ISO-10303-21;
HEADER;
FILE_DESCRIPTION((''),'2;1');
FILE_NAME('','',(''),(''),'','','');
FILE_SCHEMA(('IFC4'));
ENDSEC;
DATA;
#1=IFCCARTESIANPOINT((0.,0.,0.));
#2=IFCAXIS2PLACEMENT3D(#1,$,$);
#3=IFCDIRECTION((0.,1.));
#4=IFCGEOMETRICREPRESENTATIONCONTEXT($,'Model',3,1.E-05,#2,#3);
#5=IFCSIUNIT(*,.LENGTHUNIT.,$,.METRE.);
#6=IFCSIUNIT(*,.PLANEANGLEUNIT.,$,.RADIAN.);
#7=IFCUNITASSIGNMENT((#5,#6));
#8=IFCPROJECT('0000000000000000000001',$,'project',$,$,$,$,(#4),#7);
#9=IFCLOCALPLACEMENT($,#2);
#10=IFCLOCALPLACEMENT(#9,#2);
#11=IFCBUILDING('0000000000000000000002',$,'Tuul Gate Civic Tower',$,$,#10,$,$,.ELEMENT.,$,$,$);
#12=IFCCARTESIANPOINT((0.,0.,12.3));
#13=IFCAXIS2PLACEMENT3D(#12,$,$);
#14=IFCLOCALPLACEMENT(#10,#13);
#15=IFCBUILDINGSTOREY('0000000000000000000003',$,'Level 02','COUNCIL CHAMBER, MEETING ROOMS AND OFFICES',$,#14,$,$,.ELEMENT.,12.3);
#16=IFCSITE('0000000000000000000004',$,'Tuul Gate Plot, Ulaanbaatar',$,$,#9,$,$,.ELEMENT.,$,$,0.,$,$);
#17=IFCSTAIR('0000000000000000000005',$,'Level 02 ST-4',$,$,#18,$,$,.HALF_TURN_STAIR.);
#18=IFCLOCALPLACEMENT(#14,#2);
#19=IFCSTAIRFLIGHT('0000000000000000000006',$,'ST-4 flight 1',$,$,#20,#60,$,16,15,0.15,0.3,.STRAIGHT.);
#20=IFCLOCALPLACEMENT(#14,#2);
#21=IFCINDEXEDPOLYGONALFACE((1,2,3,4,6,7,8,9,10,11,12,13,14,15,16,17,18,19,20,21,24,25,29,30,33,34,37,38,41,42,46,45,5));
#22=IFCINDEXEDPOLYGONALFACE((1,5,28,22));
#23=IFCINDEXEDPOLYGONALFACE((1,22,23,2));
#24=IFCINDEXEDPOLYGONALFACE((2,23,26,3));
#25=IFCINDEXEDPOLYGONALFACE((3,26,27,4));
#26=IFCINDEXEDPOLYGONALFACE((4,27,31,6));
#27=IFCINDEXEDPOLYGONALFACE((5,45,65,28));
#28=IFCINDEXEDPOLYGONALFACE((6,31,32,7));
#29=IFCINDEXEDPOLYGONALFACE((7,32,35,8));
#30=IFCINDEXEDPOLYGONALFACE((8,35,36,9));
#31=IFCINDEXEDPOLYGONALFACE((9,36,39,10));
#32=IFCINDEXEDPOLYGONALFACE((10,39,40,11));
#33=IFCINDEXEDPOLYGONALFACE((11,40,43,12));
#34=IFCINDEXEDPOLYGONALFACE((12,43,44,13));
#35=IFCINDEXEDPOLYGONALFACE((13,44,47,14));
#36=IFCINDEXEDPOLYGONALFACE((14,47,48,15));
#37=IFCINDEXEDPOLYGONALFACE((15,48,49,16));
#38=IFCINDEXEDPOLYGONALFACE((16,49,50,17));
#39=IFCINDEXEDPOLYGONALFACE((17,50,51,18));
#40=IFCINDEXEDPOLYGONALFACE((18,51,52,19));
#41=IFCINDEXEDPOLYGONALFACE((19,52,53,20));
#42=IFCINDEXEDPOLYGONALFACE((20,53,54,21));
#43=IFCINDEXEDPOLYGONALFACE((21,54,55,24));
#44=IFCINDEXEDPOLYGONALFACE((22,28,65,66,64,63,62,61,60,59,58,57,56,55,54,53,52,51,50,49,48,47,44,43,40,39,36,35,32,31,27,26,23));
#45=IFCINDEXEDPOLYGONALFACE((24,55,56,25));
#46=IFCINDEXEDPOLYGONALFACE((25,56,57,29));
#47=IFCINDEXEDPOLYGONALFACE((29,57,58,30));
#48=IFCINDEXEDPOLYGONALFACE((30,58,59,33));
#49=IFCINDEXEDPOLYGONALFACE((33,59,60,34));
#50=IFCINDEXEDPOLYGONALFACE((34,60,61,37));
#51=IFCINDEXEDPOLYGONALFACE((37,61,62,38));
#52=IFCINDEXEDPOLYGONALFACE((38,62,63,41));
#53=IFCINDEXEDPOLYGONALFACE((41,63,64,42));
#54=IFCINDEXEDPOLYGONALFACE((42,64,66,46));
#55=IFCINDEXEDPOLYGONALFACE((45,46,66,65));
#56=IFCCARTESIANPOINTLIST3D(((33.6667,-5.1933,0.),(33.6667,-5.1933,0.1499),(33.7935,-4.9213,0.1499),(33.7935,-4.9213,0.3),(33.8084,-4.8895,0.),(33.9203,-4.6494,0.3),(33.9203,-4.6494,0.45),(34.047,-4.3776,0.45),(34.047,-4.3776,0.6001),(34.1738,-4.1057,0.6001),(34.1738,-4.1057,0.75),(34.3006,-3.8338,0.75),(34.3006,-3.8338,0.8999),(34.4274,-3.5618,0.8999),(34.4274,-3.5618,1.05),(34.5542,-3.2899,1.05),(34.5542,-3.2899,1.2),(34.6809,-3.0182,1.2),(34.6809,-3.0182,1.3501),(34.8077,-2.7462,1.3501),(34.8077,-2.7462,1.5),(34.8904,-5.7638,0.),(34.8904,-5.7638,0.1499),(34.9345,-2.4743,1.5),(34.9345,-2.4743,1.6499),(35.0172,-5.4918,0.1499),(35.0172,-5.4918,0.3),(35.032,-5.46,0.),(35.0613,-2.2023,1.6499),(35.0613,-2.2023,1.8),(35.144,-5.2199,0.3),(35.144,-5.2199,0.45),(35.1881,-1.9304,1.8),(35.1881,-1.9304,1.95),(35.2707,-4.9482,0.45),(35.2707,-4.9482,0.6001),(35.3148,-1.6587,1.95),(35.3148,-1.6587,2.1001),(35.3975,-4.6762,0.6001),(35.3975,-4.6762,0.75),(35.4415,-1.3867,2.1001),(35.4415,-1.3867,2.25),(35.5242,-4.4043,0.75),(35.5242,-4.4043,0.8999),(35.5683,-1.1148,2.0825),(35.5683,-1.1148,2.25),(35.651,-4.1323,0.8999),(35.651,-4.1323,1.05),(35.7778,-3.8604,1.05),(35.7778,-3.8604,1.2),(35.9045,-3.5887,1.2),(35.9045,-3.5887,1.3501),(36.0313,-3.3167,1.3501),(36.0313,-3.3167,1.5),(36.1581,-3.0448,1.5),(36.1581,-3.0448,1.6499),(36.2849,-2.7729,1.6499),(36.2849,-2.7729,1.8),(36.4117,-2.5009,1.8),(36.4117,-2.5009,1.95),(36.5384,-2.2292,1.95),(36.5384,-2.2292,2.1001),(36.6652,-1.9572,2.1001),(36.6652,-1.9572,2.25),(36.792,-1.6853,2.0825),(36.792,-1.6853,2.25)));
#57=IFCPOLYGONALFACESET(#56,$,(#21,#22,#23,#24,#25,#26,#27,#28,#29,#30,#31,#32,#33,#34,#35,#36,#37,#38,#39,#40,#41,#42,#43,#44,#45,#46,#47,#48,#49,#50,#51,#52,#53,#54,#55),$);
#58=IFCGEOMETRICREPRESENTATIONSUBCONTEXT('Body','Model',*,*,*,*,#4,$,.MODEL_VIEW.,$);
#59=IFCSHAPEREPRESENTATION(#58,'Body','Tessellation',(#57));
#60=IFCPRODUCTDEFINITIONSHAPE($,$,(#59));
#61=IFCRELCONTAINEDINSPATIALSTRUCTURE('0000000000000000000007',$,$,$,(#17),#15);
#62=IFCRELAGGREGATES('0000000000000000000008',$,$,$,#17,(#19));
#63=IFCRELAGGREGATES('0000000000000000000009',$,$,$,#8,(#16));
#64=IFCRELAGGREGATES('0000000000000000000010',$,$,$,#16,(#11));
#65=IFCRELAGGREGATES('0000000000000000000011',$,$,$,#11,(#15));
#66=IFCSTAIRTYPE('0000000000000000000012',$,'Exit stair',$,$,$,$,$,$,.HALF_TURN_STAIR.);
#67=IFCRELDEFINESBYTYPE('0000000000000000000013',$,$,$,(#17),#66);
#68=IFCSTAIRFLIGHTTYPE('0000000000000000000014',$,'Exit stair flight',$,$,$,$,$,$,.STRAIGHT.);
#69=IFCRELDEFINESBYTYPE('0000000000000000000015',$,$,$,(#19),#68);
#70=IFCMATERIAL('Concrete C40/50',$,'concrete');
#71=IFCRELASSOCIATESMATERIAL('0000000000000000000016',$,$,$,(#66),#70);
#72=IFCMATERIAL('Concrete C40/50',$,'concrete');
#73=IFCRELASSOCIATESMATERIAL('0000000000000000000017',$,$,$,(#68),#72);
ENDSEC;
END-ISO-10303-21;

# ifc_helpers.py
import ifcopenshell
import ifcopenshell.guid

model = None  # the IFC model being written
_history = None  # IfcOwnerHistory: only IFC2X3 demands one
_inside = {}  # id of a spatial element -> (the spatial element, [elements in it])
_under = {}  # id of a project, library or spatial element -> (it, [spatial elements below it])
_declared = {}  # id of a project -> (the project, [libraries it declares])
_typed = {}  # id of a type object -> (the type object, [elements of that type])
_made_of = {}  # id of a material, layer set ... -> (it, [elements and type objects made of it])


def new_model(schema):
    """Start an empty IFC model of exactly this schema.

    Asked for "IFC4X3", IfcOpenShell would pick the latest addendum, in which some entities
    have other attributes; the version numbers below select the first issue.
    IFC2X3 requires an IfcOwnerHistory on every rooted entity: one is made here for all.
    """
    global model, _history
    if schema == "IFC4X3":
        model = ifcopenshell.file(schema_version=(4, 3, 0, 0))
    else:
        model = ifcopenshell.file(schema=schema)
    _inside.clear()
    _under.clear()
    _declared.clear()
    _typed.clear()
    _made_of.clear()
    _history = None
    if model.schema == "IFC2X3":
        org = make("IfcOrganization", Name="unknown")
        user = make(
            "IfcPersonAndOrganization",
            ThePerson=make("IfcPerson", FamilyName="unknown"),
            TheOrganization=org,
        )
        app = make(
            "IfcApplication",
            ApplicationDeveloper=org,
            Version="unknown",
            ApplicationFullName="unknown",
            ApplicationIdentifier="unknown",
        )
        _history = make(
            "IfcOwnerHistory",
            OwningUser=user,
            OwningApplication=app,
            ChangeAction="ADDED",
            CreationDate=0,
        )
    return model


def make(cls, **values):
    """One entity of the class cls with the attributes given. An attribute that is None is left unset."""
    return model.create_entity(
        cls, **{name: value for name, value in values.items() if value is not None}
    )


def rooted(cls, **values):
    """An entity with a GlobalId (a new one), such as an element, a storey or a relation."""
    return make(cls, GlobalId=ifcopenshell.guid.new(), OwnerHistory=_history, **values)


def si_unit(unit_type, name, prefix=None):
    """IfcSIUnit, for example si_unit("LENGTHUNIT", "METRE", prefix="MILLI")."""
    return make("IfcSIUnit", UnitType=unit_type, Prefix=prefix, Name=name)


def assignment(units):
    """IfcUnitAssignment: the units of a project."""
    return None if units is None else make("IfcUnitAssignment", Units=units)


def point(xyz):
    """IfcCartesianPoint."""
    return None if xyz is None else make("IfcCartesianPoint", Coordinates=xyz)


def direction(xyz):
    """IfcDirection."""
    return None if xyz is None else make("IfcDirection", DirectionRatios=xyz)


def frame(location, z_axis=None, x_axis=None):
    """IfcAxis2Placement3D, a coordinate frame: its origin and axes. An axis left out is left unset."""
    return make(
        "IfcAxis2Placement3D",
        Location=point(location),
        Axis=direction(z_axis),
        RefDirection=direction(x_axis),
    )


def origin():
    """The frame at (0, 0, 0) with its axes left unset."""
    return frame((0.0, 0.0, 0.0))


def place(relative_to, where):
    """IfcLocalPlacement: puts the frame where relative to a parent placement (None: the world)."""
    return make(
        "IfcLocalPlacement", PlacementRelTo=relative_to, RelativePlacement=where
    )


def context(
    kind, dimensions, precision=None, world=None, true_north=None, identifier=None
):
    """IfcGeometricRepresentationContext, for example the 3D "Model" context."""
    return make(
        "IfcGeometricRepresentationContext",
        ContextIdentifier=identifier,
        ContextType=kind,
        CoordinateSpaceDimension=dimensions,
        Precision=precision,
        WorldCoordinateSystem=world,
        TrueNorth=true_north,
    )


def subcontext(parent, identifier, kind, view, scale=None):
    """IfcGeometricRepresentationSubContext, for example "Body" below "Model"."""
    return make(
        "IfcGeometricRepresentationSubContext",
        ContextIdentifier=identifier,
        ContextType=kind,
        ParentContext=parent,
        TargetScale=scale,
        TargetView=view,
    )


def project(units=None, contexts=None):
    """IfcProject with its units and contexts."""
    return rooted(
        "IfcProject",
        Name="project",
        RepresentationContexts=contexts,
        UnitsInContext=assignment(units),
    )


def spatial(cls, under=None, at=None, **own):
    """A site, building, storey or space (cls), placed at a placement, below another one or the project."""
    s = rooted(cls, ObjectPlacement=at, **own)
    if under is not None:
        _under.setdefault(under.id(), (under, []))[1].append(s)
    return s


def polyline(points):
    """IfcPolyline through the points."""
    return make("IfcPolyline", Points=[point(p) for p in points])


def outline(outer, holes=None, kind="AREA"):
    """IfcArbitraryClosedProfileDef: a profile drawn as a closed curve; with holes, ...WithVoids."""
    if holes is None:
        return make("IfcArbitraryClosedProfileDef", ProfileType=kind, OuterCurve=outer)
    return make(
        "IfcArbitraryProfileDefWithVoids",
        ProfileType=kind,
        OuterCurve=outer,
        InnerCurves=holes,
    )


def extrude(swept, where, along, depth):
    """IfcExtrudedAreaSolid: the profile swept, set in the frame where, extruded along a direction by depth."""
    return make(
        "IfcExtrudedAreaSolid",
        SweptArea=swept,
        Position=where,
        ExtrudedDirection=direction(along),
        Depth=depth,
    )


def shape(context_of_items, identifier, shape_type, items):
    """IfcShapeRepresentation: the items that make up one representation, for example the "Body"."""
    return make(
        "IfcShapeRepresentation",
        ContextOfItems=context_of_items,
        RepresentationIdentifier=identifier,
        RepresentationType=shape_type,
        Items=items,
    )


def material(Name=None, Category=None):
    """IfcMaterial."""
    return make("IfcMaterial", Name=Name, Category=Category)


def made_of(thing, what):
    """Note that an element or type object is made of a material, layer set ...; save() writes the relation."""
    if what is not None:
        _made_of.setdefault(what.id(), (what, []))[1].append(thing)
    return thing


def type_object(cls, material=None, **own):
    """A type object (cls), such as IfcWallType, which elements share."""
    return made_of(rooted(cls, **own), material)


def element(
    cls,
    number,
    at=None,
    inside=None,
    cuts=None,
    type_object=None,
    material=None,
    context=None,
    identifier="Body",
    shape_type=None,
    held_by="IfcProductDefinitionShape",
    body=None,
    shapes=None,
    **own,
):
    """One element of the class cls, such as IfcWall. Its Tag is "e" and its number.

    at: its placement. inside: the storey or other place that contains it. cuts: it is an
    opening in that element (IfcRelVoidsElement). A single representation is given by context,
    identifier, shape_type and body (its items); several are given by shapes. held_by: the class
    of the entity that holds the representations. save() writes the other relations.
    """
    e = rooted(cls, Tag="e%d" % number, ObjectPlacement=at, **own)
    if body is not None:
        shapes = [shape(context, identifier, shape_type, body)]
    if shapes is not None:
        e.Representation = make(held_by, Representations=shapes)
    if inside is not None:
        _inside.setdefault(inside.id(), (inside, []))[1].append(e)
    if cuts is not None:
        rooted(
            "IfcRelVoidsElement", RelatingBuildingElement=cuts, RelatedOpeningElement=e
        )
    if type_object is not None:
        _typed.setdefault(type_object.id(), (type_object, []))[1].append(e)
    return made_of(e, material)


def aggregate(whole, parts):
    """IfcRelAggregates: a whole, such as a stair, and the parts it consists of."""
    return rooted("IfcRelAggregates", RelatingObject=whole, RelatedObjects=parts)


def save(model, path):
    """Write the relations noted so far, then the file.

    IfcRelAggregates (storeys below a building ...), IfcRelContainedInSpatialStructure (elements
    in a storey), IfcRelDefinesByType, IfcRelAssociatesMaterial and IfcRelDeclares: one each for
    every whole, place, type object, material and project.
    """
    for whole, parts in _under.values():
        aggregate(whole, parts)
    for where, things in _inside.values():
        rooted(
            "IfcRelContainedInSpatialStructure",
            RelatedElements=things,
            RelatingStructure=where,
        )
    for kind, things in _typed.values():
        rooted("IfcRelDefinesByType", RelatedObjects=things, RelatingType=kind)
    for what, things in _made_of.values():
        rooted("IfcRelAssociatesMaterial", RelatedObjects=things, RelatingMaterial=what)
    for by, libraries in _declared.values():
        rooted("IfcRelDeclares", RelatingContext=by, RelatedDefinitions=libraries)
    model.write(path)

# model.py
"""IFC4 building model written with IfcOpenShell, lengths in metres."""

from ifc_helpers import new_model, si_unit, direction, frame, origin, place, context, subcontext, project, spatial, polyline, outline, extrude, material, type_object, element, aggregate, save


model = new_model("IFC4")

# Units and contexts
model_context = context("Model", 3, precision=1e-05, world=origin(), true_north=direction((0.0, 1.0)))
body_context = subcontext(model_context, "Body", "Model", "MODEL_VIEW")
ifc_project = project(units=[si_unit("LENGTHUNIT", "METRE"), si_unit("PLANEANGLEUNIT", "RADIAN")], contexts=[model_context])

# Site, building, storey
site_placement = place(None, origin())
site = spatial("IfcSite", under=ifc_project, at=site_placement, Name="Tuul Gate Plot, Ulaanbaatar", CompositionType="ELEMENT", RefElevation=0.0)
building_placement = place(site_placement, origin())
building = spatial("IfcBuilding", under=site, at=building_placement, Name="Tuul Gate Civic Tower", CompositionType="ELEMENT")
storey_placement = place(building_placement, frame((0.0, 0.0, 12.3)))
storey = spatial("IfcBuildingStorey", under=building, at=storey_placement, Name="Level 02", Description="COUNCIL CHAMBER, MEETING ROOMS AND OFFICES", CompositionType="ELEMENT", Elevation=12.3)

# Stair, stair flight
ifc_material_1 = material(Name="Concrete C40/50", Category="concrete")
stair_type = type_object("IfcStairType", Name="Exit stair", PredefinedType="HALF_TURN_STAIR", material=ifc_material_1)
stair_placement = place(storey_placement, origin())
stair = element("IfcStair", 1, at=stair_placement, inside=storey, type_object=stair_type, Name="Level 02 ST-4", PredefinedType="HALF_TURN_STAIR")
ifc_material_2 = material(Name="Concrete C40/50", Category="concrete")
stair_flight_type = type_object("IfcStairFlightType", Name="Exit stair flight", PredefinedType="STRAIGHT", material=ifc_material_2)
stair_flight_placement = place(storey_placement, frame((34.2786, -5.4785, 0.0), z_axis=(0.0, 0.0, 1.0), x_axis=(0.422576, 0.906327, 0.0)))
stair_flight = element("IfcStairFlight", 2, at=stair_flight_placement, type_object=stair_flight_type, Name="ST-4 flight 1", NumberOfRisers=16, NumberOfTreads=15, PredefinedType="STRAIGHT", RiserHeight=0.15, TreadLength=0.3, context=body_context, shape_type="SweptSolid", body=[
    extrude(outline(polyline([(0.0, 0.0), (0.0, 0.1499), (0.3, 0.1499), (0.3, 0.3), (0.6001, 0.3), (0.6001, 0.45), (0.8999, 0.45), (0.8999, 0.6001), (1.2, 0.6001), (1.2, 0.75), (1.5, 0.75), (1.5, 0.8999), (1.8, 0.8999), (1.8, 1.05), (2.1001, 1.05), (2.1001, 1.2), (2.3999, 1.2), (2.3999, 1.3501), (2.7, 1.3501), (2.7, 1.5), (3.0, 1.5), (3.0, 1.6499), (3.3, 1.6499), (3.3, 1.8), (3.6001, 1.8), (3.6001, 1.95), (3.8999, 1.95), (3.8999, 2.1001), (4.2, 2.1001), (4.2, 2.25), (4.5, 2.25), (4.5, 2.3999), (4.5, 2.0825), (0.3352, 0.0), (0.0, 0.0)])), frame((0.0, 0.675, 0.0), z_axis=(0.0, -1.0, 0.0), x_axis=(1.0, 0.0, 0.0)), (0.0, 0.0, 1.0), 1.3501),
])
aggregate(stair, [stair_flight])

save(model, "model.ifc")
